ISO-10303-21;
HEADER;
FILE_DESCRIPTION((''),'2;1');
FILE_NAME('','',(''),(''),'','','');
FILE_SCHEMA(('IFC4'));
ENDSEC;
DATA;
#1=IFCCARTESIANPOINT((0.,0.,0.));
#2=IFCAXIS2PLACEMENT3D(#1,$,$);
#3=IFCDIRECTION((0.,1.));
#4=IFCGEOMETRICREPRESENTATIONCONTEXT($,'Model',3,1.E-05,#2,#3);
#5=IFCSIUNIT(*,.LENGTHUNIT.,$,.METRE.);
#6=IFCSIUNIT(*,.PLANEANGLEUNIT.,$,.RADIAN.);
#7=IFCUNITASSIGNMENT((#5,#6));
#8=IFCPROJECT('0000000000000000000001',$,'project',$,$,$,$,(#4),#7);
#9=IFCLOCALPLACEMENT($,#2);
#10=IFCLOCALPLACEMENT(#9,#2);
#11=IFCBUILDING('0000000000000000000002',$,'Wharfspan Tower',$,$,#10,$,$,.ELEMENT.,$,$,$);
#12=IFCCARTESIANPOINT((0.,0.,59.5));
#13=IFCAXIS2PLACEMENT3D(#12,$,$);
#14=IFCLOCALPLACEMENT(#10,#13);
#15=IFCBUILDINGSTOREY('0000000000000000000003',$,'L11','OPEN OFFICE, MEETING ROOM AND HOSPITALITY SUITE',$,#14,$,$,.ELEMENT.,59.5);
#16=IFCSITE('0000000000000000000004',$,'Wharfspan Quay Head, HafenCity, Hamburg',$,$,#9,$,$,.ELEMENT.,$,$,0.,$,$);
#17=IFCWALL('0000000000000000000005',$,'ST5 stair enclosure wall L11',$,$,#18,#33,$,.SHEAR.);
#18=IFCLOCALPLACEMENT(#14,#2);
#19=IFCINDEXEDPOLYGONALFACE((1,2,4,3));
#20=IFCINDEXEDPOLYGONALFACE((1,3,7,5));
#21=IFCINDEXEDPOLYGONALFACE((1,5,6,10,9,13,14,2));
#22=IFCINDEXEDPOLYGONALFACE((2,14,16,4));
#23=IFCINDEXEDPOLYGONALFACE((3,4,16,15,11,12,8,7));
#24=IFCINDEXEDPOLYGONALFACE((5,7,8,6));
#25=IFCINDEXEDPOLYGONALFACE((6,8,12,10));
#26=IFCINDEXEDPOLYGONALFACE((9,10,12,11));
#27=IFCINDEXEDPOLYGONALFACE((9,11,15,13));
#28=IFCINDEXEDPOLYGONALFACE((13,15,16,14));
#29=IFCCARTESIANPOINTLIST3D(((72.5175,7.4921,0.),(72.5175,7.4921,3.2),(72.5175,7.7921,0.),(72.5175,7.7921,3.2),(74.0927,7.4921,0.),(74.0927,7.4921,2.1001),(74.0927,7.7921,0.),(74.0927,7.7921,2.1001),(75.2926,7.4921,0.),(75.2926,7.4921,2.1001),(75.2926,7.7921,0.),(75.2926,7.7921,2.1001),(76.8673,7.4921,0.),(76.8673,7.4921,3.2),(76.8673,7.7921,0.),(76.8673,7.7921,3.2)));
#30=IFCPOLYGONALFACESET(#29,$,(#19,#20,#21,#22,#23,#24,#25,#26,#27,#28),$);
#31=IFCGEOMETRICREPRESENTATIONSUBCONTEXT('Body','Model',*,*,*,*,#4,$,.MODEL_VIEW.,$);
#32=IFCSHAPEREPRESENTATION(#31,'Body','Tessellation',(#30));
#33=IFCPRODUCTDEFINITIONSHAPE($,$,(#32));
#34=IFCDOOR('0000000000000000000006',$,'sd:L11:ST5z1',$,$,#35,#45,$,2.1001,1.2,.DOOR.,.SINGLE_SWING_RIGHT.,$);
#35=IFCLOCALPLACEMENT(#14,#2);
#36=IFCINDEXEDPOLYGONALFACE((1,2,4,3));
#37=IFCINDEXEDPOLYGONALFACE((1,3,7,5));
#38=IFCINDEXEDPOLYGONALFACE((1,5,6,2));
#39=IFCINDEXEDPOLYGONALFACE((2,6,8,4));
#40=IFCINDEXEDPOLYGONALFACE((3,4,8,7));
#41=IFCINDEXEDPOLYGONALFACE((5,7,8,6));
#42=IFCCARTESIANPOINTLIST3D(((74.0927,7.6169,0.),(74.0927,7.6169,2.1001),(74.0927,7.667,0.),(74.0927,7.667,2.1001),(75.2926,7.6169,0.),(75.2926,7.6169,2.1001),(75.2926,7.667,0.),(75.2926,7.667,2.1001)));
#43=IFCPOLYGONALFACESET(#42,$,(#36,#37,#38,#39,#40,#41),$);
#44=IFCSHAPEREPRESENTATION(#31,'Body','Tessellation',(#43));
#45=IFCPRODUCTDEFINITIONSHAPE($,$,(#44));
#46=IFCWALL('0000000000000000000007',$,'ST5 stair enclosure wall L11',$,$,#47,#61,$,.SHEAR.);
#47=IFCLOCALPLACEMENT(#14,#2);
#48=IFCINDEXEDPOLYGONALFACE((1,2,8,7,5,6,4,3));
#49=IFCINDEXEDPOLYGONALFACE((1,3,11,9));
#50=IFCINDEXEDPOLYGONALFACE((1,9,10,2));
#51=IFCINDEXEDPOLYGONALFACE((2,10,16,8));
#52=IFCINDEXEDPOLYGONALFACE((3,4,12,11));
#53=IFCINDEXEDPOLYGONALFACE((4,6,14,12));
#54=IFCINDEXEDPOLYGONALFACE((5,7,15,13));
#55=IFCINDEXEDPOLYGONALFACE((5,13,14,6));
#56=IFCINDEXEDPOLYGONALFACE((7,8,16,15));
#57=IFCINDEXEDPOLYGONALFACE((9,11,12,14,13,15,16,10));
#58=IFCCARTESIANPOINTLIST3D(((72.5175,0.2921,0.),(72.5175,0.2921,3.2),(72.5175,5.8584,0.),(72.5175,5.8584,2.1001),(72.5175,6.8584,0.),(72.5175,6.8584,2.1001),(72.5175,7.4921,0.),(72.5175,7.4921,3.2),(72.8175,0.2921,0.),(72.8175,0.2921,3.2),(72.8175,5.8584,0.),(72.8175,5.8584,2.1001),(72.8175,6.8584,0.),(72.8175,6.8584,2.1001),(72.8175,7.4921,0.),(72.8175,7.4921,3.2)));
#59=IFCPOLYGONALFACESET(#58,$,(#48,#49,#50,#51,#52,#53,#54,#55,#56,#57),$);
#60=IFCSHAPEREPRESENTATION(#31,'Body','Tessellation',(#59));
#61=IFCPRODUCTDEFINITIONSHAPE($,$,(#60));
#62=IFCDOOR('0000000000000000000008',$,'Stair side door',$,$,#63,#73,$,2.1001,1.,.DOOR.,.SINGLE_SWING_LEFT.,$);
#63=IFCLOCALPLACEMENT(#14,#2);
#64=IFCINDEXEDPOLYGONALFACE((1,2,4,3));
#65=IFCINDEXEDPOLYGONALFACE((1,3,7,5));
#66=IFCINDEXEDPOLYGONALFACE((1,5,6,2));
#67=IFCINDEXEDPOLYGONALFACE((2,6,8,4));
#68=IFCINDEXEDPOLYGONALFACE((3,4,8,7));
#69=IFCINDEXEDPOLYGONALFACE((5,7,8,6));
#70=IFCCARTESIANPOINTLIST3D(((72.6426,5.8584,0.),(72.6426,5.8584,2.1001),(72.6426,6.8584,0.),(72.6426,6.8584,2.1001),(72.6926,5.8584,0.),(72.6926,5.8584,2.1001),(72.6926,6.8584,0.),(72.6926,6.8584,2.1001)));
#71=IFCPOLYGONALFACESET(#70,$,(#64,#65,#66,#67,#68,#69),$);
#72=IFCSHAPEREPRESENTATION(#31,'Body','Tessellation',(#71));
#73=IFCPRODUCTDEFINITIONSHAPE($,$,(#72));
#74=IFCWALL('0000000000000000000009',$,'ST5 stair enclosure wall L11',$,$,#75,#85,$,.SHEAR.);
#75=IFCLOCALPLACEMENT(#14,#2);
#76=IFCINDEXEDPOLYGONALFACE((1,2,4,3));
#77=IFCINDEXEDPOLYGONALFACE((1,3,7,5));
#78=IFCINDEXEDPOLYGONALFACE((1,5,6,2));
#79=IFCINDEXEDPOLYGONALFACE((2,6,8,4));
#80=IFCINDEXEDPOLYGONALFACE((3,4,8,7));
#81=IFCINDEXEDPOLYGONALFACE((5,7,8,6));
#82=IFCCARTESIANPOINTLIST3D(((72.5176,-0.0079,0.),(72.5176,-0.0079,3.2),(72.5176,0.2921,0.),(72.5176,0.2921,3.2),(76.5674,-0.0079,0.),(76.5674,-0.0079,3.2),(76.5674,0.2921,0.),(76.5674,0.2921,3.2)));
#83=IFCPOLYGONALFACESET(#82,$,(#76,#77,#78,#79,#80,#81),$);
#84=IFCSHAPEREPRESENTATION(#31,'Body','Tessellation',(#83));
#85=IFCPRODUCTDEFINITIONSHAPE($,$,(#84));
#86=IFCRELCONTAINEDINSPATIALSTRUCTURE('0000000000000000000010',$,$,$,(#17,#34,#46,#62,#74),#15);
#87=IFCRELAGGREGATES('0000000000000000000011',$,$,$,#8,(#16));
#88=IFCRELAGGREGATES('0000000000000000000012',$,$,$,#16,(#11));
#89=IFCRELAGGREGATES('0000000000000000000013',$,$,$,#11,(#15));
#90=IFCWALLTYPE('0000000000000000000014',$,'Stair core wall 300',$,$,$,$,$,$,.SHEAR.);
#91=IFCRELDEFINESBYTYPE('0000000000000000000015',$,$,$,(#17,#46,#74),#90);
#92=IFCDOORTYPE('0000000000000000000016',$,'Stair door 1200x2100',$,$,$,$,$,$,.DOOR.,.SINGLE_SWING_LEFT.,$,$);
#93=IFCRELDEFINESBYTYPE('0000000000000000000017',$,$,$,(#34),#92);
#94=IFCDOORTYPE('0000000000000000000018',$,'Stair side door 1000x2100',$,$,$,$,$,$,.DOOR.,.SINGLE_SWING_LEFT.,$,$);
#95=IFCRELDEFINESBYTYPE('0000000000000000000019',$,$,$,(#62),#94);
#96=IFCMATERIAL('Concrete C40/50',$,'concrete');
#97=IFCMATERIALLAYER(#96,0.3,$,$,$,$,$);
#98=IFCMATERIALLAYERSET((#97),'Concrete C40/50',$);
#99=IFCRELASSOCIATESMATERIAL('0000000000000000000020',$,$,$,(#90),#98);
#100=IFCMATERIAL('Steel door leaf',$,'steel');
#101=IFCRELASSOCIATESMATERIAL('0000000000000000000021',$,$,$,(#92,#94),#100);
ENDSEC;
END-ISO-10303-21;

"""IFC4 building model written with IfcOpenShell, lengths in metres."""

from ifc_helpers import new_model, si_unit, direction, frame, frame_2d, origin, place, context, subcontext, project, spatial, rectangle, extrude, material, layer, layer_set, type_object, element, fill, save


model = new_model("IFC4")

# Units and contexts
model_context = context("Model", 3, precision=1e-05, world=origin(), true_north=direction((0.0, 1.0)))
body_context = subcontext(model_context, "Body", "Model", "MODEL_VIEW")
ifc_project = project(units=[si_unit("LENGTHUNIT", "METRE"), si_unit("PLANEANGLEUNIT", "RADIAN")], contexts=[model_context])

# Site, building, storey
site_placement = place(None, origin())
site = spatial("IfcSite", under=ifc_project, at=site_placement, Name="Wharfspan Quay Head, HafenCity, Hamburg", CompositionType="ELEMENT", RefElevation=0.0)
building_placement = place(site_placement, origin())
building = spatial("IfcBuilding", under=site, at=building_placement, Name="Wharfspan Tower", CompositionType="ELEMENT")
storey_placement = place(building_placement, frame((0.0, 0.0, 59.5)))
storey = spatial("IfcBuildingStorey", under=building, at=storey_placement, Name="L11", Description="OPEN OFFICE, MEETING ROOM AND HOSPITALITY SUITE", CompositionType="ELEMENT", Elevation=59.5)

# Walls, openings, doors
ifc_material_1 = material(Name="Concrete C40/50", Category="concrete")
ifc_layer_1 = layer(ifc_material_1, 0.3)
ifc_layer_set_1 = layer_set([ifc_layer_1], Name="Concrete C40/50")
wall_type_1 = type_object("IfcWallType", Name="Stair core wall 300", PredefinedType="SHEAR", material=ifc_layer_set_1)
wall_1_placement = place(storey_placement, frame((72.5176, 7.6421, 0.0), z_axis=(0.0, 0.0, 1.0), x_axis=(1.0, 0.0, 0.0)))
wall_1 = element("IfcWall", 1, at=wall_1_placement, inside=storey, type_object=wall_type_1, Name="ST5 stair enclosure wall L11", PredefinedType="SHEAR", context=body_context, shape_type="SweptSolid", body=[
    extrude(rectangle(XDim=4.3499, YDim=0.3, at=frame_2d((2.1748, 0.0))), origin(), (0.0, 0.0, 1.0), 3.2),
])
opening_1_placement = place(wall_1_placement, frame((1.575, 0.0, 0.0)))
opening_1 = element("IfcOpeningElement", 2, at=opening_1_placement, cuts=wall_1, PredefinedType="OPENING", context=body_context, shape_type="SweptSolid", body=[
    extrude(rectangle(XDim=1.2, YDim=2.1001, at=frame_2d((0.6001, 1.05))), frame((0.0, 0.1599, 0.0), z_axis=(0.0, -1.0, 0.0), x_axis=(1.0, 0.0, 0.0)), (0.0, 0.0, 1.0), 0.3201),
])
ifc_material_2 = material(Name="Steel door leaf", Category="steel")
door_type_1 = type_object("IfcDoorType", Name="Stair door 1200x2100", OperationType="SINGLE_SWING_LEFT", PredefinedType="DOOR", material=ifc_material_2)
door_1_placement = place(opening_1_placement, origin())
door_1 = element("IfcDoor", 3, at=door_1_placement, inside=storey, type_object=door_type_1, Name="sd:L11:ST5z1", OperationType="SINGLE_SWING_RIGHT", OverallHeight=2.1001, OverallWidth=1.2, PredefinedType="DOOR", context=body_context, shape_type="SweptSolid", body=[
    extrude(rectangle(XDim=1.2, YDim=2.1001, at=frame_2d((0.6001, 1.05))), frame((0.0, 0.0249, 0.0), z_axis=(0.0, -1.0, 0.0), x_axis=(1.0, 0.0, 0.0)), (0.0, 0.0, 1.0), 0.05),
])
fill(opening_1, door_1)
wall_2_placement = place(storey_placement, frame((72.6675, 0.292, 0.0), z_axis=(0.0, 0.0, 1.0), x_axis=(0.0, 1.0, 0.0)))
wall_2 = element("IfcWall", 4, at=wall_2_placement, inside=storey, type_object=wall_type_1, Name="ST5 stair enclosure wall L11", PredefinedType="SHEAR", context=body_context, shape_type="SweptSolid", body=[
    extrude(rectangle(XDim=7.2, YDim=0.3, at=frame_2d((3.6001, 0.0))), origin(), (0.0, 0.0, 1.0), 3.2),
])
opening_2_placement = place(wall_2_placement, frame((5.5664, 0.0, 0.0)))
opening_2 = element("IfcOpeningElement", 5, at=opening_2_placement, cuts=wall_2, PredefinedType="OPENING", context=body_context, shape_type="SweptSolid", body=[
    extrude(rectangle(XDim=1.0, YDim=2.1001, at=frame_2d((0.5, 1.05))), frame((0.0, 0.1599, 0.0), z_axis=(0.0, -1.0, 0.0), x_axis=(1.0, 0.0, 0.0)), (0.0, 0.0, 1.0), 0.3201),
])
door_type_2 = type_object("IfcDoorType", Name="Stair side door 1000x2100", OperationType="SINGLE_SWING_LEFT", PredefinedType="DOOR", material=ifc_material_2)
door_2_placement = place(opening_2_placement, origin())
door_2 = element("IfcDoor", 6, at=door_2_placement, inside=storey, type_object=door_type_2, Name="Stair side door", OperationType="SINGLE_SWING_LEFT", OverallHeight=2.1001, OverallWidth=1.0, PredefinedType="DOOR", context=body_context, shape_type="SweptSolid", body=[
    extrude(rectangle(XDim=1.0, YDim=2.1001, at=frame_2d((0.5, 1.05))), frame((0.0, 0.0249, 0.0), z_axis=(0.0, -1.0, 0.0), x_axis=(1.0, 0.0, 0.0)), (0.0, 0.0, 1.0), 0.05),
])
fill(opening_2, door_2)

# Wall
wall_3_placement = place(storey_placement, frame((72.5176, 0.1421, 0.0), z_axis=(0.0, 0.0, 1.0), x_axis=(1.0, 0.0, 0.0)))
element("IfcWall", 7, at=wall_3_placement, inside=storey, type_object=wall_type_1, Name="ST5 stair enclosure wall L11", PredefinedType="SHEAR", context=body_context, shape_type="SweptSolid", body=[
    extrude(rectangle(XDim=4.0498, YDim=0.3, at=frame_2d((2.0249, 0.0))), origin(), (0.0, 0.0, 1.0), 3.2),
])

save(model, "model.ifc")
